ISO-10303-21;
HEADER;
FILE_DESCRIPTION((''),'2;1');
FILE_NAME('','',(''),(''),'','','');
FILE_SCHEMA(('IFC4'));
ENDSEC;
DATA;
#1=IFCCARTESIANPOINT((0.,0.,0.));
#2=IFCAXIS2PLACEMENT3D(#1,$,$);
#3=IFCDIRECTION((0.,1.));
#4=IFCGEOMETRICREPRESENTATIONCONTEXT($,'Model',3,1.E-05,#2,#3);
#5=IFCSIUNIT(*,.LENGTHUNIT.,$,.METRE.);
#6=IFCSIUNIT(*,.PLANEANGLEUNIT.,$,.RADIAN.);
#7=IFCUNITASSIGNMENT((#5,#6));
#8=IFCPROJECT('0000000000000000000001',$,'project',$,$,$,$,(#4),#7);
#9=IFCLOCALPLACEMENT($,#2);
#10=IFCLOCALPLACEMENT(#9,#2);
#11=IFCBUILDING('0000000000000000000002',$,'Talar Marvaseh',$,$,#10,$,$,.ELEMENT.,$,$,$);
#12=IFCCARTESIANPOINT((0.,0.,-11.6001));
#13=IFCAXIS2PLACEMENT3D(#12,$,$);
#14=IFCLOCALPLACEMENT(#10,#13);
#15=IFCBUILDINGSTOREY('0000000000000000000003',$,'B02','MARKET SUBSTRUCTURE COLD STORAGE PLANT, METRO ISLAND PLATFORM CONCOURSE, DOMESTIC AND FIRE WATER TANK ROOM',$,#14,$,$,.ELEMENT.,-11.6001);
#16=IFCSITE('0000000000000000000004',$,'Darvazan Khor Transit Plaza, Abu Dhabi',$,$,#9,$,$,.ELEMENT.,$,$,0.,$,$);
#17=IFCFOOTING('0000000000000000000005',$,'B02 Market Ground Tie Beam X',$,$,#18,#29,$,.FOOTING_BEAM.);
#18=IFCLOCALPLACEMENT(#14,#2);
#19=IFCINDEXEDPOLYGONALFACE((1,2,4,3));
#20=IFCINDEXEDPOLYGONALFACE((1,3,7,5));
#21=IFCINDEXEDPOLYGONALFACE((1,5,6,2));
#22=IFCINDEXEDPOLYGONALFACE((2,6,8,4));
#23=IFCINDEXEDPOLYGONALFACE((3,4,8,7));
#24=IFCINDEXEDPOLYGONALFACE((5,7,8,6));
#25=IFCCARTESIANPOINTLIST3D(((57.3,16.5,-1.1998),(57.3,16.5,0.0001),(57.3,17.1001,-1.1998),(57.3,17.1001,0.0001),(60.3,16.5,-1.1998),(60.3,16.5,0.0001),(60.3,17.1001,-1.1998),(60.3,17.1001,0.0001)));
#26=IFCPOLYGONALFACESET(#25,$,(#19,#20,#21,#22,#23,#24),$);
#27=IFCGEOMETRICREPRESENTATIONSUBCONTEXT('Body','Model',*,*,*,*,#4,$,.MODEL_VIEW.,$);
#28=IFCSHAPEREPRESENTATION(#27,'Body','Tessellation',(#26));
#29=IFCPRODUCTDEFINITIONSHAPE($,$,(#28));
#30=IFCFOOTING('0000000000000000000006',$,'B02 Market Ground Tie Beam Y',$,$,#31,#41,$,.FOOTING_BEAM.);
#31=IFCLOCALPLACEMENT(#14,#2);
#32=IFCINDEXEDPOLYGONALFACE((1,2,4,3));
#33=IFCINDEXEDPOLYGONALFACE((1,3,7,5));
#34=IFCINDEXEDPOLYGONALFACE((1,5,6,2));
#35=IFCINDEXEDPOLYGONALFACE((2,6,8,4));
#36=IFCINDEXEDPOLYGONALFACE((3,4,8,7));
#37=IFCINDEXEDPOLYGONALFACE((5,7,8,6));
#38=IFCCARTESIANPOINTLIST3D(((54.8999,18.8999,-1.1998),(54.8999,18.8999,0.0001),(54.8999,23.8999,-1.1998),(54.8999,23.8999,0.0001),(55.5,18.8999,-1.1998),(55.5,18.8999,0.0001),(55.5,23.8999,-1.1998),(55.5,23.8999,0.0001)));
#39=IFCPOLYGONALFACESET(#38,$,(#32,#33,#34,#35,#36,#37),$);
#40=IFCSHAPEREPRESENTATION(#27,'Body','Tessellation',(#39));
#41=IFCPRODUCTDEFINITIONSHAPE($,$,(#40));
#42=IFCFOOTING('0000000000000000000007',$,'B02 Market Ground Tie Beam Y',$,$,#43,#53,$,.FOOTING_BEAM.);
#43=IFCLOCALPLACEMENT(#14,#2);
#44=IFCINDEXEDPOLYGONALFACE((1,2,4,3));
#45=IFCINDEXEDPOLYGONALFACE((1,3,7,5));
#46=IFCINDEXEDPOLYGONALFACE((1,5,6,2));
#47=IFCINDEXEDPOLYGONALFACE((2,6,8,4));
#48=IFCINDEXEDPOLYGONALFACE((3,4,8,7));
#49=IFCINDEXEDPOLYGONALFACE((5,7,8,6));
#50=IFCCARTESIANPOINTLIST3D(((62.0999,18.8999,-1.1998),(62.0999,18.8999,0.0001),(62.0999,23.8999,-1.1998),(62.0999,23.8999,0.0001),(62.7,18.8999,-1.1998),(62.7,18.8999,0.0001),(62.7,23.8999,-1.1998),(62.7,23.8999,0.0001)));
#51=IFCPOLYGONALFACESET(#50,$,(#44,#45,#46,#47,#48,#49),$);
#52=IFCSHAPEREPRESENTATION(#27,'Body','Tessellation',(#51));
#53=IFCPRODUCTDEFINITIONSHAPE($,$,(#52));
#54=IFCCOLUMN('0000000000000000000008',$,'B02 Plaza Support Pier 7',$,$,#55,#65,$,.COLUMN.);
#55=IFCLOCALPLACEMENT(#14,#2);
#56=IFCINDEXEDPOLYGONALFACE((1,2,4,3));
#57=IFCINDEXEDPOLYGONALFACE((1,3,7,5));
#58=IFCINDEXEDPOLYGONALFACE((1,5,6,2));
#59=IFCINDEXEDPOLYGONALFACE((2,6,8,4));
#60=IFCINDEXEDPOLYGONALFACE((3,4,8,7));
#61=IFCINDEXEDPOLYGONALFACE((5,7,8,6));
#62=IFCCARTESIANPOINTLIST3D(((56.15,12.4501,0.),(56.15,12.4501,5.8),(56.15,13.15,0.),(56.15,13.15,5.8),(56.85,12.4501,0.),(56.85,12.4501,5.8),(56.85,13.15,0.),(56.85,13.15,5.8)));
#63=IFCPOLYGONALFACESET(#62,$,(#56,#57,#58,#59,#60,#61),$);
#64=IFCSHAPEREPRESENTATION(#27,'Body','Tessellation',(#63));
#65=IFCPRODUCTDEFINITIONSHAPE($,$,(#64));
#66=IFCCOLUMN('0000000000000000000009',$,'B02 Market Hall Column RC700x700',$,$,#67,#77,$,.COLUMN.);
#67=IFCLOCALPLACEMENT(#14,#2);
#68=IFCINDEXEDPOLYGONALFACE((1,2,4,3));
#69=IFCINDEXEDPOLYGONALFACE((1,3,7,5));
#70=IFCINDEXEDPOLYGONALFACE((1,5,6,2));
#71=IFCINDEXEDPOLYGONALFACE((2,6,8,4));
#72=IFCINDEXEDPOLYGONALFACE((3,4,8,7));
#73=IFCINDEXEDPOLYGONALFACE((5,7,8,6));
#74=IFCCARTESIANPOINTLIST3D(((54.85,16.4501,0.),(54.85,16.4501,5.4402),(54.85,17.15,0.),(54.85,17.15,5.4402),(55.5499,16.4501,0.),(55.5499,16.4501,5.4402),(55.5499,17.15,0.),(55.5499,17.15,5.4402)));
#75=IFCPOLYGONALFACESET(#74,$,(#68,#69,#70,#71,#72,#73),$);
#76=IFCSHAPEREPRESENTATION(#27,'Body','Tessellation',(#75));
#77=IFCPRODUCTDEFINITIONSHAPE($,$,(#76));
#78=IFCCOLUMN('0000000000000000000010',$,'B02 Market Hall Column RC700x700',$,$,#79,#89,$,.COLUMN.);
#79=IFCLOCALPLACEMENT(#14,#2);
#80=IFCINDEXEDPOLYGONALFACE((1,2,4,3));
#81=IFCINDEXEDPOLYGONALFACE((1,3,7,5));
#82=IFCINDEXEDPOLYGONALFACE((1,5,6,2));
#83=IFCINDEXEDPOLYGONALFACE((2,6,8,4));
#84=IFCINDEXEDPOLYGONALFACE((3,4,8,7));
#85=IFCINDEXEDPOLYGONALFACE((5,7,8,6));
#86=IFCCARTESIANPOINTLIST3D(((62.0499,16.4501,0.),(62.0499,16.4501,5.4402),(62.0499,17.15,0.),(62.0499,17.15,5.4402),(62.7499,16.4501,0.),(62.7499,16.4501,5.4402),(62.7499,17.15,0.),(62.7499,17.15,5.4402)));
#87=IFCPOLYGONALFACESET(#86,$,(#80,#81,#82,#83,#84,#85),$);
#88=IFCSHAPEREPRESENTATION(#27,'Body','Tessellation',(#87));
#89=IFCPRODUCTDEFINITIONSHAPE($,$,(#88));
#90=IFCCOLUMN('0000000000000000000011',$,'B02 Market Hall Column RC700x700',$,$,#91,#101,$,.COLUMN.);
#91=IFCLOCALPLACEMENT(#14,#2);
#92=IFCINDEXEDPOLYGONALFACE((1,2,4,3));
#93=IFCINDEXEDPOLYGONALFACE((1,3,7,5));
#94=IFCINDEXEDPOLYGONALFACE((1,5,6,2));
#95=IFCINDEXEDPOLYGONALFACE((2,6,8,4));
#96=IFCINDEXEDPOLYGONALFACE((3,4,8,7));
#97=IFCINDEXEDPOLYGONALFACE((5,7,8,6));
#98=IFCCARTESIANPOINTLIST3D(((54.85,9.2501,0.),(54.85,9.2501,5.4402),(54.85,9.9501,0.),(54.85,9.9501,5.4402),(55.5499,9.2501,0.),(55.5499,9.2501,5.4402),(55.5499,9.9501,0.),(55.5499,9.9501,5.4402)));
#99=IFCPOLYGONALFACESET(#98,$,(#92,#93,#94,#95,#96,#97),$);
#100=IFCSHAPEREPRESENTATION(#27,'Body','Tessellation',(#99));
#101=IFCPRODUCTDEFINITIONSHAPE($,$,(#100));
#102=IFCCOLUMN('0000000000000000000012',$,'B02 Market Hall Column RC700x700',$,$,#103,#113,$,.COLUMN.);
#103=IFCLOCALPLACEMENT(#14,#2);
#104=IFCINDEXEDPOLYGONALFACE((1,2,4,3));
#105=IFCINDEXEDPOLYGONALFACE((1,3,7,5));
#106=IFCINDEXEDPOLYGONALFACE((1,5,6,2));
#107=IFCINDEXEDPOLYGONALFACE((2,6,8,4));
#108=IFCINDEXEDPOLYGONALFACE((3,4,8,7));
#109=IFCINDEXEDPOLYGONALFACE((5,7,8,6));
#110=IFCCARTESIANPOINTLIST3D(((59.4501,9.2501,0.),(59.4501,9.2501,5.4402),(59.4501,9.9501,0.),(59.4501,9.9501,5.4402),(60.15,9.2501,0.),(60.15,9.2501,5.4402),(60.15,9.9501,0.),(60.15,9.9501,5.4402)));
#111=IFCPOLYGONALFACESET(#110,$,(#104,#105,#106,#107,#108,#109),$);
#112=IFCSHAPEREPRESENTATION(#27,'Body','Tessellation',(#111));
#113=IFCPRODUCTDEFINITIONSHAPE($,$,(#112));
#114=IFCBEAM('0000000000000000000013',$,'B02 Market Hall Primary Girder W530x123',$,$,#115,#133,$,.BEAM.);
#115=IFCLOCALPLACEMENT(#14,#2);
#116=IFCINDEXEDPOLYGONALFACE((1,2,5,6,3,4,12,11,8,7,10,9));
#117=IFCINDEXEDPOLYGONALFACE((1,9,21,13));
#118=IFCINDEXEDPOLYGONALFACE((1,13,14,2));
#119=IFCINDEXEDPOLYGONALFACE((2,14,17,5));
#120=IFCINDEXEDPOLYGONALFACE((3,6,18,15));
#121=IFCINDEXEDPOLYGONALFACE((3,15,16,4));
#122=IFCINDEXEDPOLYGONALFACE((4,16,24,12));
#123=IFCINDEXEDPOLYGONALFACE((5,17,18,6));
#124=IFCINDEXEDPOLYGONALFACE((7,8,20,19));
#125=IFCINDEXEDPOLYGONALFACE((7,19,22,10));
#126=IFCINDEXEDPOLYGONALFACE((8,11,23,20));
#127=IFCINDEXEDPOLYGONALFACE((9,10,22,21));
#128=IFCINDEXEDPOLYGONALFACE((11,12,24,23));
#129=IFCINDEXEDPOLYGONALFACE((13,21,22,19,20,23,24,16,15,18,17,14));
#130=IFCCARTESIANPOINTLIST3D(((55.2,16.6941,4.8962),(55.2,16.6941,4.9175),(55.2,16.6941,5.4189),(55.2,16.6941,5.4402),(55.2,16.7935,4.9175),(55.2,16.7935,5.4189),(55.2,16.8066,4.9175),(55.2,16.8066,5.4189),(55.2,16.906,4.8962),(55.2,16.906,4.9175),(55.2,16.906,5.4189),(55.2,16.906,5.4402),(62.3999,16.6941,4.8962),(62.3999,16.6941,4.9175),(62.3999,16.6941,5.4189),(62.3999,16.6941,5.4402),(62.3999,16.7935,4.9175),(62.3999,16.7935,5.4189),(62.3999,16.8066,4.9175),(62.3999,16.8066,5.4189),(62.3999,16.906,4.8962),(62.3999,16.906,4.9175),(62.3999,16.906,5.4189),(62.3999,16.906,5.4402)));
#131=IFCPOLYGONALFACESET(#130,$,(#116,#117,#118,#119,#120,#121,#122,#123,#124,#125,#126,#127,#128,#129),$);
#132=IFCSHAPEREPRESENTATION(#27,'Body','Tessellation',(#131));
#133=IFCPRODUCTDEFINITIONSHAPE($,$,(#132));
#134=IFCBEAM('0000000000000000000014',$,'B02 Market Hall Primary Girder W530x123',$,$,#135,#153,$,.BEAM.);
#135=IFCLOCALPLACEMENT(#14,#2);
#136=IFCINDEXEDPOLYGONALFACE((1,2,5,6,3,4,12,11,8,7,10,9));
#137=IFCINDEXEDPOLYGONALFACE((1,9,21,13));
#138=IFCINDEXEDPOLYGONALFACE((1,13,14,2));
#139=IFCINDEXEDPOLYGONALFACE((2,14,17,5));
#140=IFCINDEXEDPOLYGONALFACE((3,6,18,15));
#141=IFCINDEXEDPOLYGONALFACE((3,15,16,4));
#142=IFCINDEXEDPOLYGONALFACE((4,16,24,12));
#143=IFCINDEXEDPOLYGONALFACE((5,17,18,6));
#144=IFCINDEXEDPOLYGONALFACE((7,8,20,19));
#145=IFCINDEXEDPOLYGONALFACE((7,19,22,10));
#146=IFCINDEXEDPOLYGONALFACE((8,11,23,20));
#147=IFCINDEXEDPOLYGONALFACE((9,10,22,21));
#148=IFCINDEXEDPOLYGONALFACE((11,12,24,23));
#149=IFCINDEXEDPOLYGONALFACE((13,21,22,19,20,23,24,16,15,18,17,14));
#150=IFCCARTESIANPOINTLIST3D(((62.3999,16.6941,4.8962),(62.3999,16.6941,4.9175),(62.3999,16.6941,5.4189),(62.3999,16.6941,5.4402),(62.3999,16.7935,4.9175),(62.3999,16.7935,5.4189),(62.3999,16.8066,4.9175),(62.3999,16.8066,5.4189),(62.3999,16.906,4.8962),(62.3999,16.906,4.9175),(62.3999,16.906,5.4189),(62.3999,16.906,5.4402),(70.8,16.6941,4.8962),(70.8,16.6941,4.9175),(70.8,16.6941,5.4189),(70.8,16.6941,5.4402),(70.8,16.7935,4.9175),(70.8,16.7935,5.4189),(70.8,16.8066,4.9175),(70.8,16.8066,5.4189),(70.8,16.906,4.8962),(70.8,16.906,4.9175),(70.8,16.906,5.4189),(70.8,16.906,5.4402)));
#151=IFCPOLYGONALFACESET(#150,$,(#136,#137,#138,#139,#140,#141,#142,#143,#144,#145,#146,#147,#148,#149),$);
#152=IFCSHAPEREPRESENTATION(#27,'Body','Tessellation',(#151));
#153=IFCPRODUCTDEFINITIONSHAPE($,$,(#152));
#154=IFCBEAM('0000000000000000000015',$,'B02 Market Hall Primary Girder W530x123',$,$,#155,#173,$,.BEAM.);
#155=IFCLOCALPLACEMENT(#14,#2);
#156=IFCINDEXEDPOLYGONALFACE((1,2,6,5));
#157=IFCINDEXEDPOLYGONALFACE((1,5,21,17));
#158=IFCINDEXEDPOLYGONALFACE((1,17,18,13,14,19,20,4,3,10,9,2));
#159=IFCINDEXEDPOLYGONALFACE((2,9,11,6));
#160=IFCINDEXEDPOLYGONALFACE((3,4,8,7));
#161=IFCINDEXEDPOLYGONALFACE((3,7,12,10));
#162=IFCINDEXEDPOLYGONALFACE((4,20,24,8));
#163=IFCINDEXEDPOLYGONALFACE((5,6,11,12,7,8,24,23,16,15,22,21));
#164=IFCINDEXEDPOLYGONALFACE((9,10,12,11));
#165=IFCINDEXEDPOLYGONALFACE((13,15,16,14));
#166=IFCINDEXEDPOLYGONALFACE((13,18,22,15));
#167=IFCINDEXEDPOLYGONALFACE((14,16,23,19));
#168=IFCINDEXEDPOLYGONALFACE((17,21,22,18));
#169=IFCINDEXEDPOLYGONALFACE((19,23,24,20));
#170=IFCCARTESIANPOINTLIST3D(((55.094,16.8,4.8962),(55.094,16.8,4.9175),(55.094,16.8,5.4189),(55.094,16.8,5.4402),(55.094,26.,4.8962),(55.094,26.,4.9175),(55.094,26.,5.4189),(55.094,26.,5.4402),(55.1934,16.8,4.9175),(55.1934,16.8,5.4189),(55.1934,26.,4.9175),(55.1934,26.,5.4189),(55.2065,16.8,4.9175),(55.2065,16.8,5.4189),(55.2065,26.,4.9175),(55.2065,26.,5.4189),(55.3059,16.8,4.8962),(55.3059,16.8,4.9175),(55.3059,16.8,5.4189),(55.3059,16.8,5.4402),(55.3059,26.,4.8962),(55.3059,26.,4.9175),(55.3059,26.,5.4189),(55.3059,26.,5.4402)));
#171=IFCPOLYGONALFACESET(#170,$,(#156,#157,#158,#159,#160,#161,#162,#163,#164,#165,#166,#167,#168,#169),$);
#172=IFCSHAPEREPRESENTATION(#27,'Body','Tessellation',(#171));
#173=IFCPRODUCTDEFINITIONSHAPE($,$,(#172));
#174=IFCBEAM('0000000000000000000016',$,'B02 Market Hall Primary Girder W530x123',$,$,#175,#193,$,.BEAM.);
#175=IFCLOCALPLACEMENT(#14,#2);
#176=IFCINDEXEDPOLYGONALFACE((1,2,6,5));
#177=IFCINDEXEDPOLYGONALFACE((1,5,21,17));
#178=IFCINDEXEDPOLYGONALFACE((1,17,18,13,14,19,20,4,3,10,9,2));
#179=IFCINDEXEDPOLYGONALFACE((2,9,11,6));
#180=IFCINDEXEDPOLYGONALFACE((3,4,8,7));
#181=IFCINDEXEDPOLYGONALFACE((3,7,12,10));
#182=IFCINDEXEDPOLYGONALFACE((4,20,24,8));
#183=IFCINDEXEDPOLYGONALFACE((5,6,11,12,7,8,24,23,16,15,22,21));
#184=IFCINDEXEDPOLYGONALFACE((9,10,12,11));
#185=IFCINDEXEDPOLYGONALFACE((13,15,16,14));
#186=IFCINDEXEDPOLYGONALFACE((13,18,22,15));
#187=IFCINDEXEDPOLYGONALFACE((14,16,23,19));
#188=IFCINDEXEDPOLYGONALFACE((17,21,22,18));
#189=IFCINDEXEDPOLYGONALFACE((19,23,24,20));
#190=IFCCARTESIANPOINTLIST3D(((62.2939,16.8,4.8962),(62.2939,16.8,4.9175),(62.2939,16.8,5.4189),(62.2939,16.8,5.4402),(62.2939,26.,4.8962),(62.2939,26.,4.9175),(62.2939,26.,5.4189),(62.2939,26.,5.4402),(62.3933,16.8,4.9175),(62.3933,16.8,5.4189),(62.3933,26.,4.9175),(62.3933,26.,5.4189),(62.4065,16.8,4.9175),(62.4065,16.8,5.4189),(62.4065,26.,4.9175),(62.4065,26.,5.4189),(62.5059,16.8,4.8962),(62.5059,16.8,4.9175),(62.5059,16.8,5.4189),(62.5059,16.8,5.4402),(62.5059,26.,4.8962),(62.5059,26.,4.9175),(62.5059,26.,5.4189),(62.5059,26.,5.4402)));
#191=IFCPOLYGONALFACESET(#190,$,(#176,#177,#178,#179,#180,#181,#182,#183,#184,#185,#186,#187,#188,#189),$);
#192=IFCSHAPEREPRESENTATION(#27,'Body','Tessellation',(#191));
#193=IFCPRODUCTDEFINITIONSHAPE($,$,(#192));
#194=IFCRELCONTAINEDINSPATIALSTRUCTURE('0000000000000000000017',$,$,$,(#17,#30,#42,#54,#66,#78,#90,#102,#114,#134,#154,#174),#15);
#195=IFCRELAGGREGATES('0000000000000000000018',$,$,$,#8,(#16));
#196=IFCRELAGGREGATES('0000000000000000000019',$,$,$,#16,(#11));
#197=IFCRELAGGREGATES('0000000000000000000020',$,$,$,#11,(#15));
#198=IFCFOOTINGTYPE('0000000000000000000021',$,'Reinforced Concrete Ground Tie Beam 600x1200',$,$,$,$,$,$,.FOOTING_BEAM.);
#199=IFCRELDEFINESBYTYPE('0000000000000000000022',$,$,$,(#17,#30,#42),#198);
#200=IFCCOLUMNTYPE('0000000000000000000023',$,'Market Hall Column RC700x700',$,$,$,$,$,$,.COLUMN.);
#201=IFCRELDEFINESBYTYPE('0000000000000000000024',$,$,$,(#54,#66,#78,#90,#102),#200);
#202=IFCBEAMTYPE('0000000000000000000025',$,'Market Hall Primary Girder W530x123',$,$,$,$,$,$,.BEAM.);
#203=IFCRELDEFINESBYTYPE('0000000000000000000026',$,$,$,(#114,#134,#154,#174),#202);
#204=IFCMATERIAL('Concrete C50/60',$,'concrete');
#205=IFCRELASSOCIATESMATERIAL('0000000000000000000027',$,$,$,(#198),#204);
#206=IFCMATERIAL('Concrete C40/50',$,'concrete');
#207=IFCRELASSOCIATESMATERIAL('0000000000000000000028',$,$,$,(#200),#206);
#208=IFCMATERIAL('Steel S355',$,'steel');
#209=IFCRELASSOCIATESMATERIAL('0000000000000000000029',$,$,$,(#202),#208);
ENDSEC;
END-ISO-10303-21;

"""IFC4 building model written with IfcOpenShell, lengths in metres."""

from ifc_helpers import new_model, si_unit, direction, frame, origin, origin_2d, place, context, subcontext, project, spatial, rectangle, i_section, extrude, source, transform, mapped, material, material_profile, profile_set, type_object, type_shapes, element, save


model = new_model("IFC4")

# Units and contexts
model_context = context("Model", 3, precision=1e-05, world=origin(), true_north=direction((0.0, 1.0)))
body_context = subcontext(model_context, "Body", "Model", "MODEL_VIEW")
ifc_project = project(units=[si_unit("LENGTHUNIT", "METRE"), si_unit("PLANEANGLEUNIT", "RADIAN")], contexts=[model_context])

# Site, building, storey
site_placement = place(None, origin())
site = spatial("IfcSite", under=ifc_project, at=site_placement, Name="Darvazan Khor Transit Plaza, Abu Dhabi", CompositionType="ELEMENT", RefElevation=0.0)
building_placement = place(site_placement, origin())
building = spatial("IfcBuilding", under=site, at=building_placement, Name="Talar Marvaseh", CompositionType="ELEMENT")
storey_placement = place(building_placement, frame((0.0, 0.0, -11.6001)))
storey = spatial("IfcBuildingStorey", under=building, at=storey_placement, Name="B02", Description="MARKET SUBSTRUCTURE COLD STORAGE PLANT, METRO ISLAND PLATFORM CONCOURSE, DOMESTIC AND FIRE WATER TANK ROOM", CompositionType="ELEMENT", Elevation=-11.6001)

# Shared definitions
ifc_material_1 = material(Name="Concrete C50/60", Category="concrete")

# Footings
ifc_material_profile_1 = material_profile(ifc_material_1, rectangle(XDim=0.6001, YDim=1.2, at=origin_2d()), Name="RC600x1200")
ifc_profile_set_1 = profile_set([ifc_material_profile_1], Name="Concrete C50/60")
footing_type_1 = type_object("IfcFootingType", Name="Reinforced Concrete Ground Tie Beam 600x1200", PredefinedType="FOOTING_BEAM", material=ifc_profile_set_1)
shared_shape_1 = source(origin(), body_context, "Body", "SweptSolid", [
    extrude(rectangle(XDim=0.6001, YDim=1.2, at=origin_2d()), origin(), (0.0, 0.0, 1.0), 3.0),
])
footing_placement = place(storey_placement, frame((57.3, 16.8, -0.5999), z_axis=(1.0, 0.0, 0.0), x_axis=(0.0, 1.0, 0.0)))
element("IfcFooting", 1, at=footing_placement, inside=storey, type_object=footing_type_1, Name="B02 Market Ground Tie Beam X", PredefinedType="FOOTING_BEAM", context=body_context, shape_type="MappedRepresentation", body=[
    mapped(shared_shape_1, transform((0.0, 0.0, 0.0), x_axis=(1.0, 0.0, 0.0), y_axis=(0.0, 1.0, 0.0), z_axis=(0.0, 0.0, 1.0), scale=1.0)),
])
shared_shape_2 = source(origin(), body_context, "Body", "SweptSolid", [
    extrude(rectangle(XDim=0.6001, YDim=1.2, at=origin_2d()), origin(), (0.0, 0.0, 1.0), 5.0),
])
type_shapes(footing_type_1, [shared_shape_1, shared_shape_2])
for number, where, z_axis, x_axis, name in (
    (2, (55.2, 18.8999, -0.5999), (0.0, 1.0, 0.0), (-1.0, 0.0, 0.0), "B02 Market Ground Tie Beam Y"),
    (3, (62.3999, 18.8999, -0.5999), (0.0, 1.0, 0.0), (-1.0, 0.0, 0.0), "B02 Market Ground Tie Beam Y"),
):
    element("IfcFooting", number, at=place(storey_placement, frame(where, z_axis=z_axis, x_axis=x_axis)), inside=storey, type_object=footing_type_1, Name=name, PredefinedType="FOOTING_BEAM", context=body_context, shape_type="MappedRepresentation", body=[
        mapped(shared_shape_2, transform((0.0, 0.0, 0.0), x_axis=(1.0, 0.0, 0.0), y_axis=(0.0, 1.0, 0.0), z_axis=(0.0, 0.0, 1.0), scale=1.0)),
    ])

# Columns
ifc_material_2 = material(Name="Concrete C40/50", Category="concrete")
ifc_material_profile_2 = material_profile(ifc_material_2, rectangle(XDim=0.7, YDim=0.7, at=origin_2d()), Name="RC700x700")
ifc_profile_set_2 = profile_set([ifc_material_profile_2], Name="Concrete C40/50")
column_type = type_object("IfcColumnType", Name="Market Hall Column RC700x700", PredefinedType="COLUMN", material=ifc_profile_set_2)
column_placement = place(storey_placement, frame((56.5, 12.8, 0.0), z_axis=(0.0, 0.0, 1.0), x_axis=(1.0, 0.0, 0.0)))
element("IfcColumn", 4, at=column_placement, inside=storey, type_object=column_type, Name="B02 Plaza Support Pier 7", PredefinedType="COLUMN", context=body_context, shape_type="SweptSolid", body=[
    extrude(rectangle(XDim=0.7, YDim=0.7, at=origin_2d()), origin(), (0.0, 0.0, 1.0), 5.8),
])
for number, where, z_axis, x_axis, name in (
    (5, (55.2, 16.8, 0.0), (0.0, 0.0, 1.0), (1.0, 0.0, 0.0), "B02 Market Hall Column RC700x700"),
    (6, (62.3999, 16.8, 0.0), (0.0, 0.0, 1.0), (1.0, 0.0, 0.0), "B02 Market Hall Column RC700x700"),
    (7, (55.2, 9.6001, 0.0), (0.0, 0.0, 1.0), (1.0, 0.0, 0.0), "B02 Market Hall Column RC700x700"),
    (8, (59.8, 9.6001, 0.0), (0.0, 0.0, 1.0), (1.0, 0.0, 0.0), "B02 Market Hall Column RC700x700"),
):
    element("IfcColumn", number, at=place(storey_placement, frame(where, z_axis=z_axis, x_axis=x_axis)), inside=storey, type_object=column_type, Name=name, PredefinedType="COLUMN", context=body_context, shape_type="SweptSolid", body=[
        extrude(rectangle(XDim=0.7, YDim=0.7, at=origin_2d()), origin(), (0.0, 0.0, 1.0), 5.4402),
    ])

# Beams
ifc_material_3 = material(Name="Steel S355", Category="steel")
ifc_material_profile_3 = material_profile(ifc_material_3, i_section(OverallWidth=0.2119, OverallDepth=0.5439, WebThickness=0.0132, FlangeThickness=0.0212, at=origin_2d()), Name="W530x123")
ifc_profile_set_3 = profile_set([ifc_material_profile_3], Name="Steel S355")
beam_type_1 = type_object("IfcBeamType", Name="Market Hall Primary Girder W530x123", PredefinedType="BEAM", material=ifc_profile_set_3)
beam_1_placement = place(storey_placement, frame((55.2, 16.8, 5.1682), z_axis=(1.0, 0.0, 0.0), x_axis=(0.0, 1.0, 0.0)))
element("IfcBeam", 9, at=beam_1_placement, inside=storey, type_object=beam_type_1, Name="B02 Market Hall Primary Girder W530x123", PredefinedType="BEAM", context=body_context, shape_type="SweptSolid", body=[
    extrude(i_section(OverallWidth=0.2119, OverallDepth=0.5439, WebThickness=0.0132, FlangeThickness=0.0212, at=origin_2d()), origin(), (0.0, 0.0, 1.0), 7.2),
])
beam_2_placement = place(storey_placement, frame((62.3999, 16.8, 5.1682), z_axis=(1.0, 0.0, 0.0), x_axis=(0.0, 1.0, 0.0)))
element("IfcBeam", 10, at=beam_2_placement, inside=storey, type_object=beam_type_1, Name="B02 Market Hall Primary Girder W530x123", PredefinedType="BEAM", context=body_context, shape_type="SweptSolid", body=[
    extrude(i_section(OverallWidth=0.2119, OverallDepth=0.5439, WebThickness=0.0132, FlangeThickness=0.0212, at=origin_2d()), origin(), (0.0, 0.0, 1.0), 8.4001),
])
for number, where, z_axis, x_axis, name in (
    (11, (55.2, 16.8, 5.1682), (0.0, 1.0, 0.0), (-1.0, 0.0, 0.0), "B02 Market Hall Primary Girder W530x123"),
    (12, (62.3999, 16.8, 5.1682), (0.0, 1.0, 0.0), (-1.0, 0.0, 0.0), "B02 Market Hall Primary Girder W530x123"),
):
    element("IfcBeam", number, at=place(storey_placement, frame(where, z_axis=z_axis, x_axis=x_axis)), inside=storey, type_object=beam_type_1, Name=name, PredefinedType="BEAM", context=body_context, shape_type="SweptSolid", body=[
        extrude(i_section(OverallWidth=0.2119, OverallDepth=0.5439, WebThickness=0.0132, FlangeThickness=0.0212, at=origin_2d()), origin(), (0.0, 0.0, 1.0), 9.2),
    ])

save(model, "model.ifc")
